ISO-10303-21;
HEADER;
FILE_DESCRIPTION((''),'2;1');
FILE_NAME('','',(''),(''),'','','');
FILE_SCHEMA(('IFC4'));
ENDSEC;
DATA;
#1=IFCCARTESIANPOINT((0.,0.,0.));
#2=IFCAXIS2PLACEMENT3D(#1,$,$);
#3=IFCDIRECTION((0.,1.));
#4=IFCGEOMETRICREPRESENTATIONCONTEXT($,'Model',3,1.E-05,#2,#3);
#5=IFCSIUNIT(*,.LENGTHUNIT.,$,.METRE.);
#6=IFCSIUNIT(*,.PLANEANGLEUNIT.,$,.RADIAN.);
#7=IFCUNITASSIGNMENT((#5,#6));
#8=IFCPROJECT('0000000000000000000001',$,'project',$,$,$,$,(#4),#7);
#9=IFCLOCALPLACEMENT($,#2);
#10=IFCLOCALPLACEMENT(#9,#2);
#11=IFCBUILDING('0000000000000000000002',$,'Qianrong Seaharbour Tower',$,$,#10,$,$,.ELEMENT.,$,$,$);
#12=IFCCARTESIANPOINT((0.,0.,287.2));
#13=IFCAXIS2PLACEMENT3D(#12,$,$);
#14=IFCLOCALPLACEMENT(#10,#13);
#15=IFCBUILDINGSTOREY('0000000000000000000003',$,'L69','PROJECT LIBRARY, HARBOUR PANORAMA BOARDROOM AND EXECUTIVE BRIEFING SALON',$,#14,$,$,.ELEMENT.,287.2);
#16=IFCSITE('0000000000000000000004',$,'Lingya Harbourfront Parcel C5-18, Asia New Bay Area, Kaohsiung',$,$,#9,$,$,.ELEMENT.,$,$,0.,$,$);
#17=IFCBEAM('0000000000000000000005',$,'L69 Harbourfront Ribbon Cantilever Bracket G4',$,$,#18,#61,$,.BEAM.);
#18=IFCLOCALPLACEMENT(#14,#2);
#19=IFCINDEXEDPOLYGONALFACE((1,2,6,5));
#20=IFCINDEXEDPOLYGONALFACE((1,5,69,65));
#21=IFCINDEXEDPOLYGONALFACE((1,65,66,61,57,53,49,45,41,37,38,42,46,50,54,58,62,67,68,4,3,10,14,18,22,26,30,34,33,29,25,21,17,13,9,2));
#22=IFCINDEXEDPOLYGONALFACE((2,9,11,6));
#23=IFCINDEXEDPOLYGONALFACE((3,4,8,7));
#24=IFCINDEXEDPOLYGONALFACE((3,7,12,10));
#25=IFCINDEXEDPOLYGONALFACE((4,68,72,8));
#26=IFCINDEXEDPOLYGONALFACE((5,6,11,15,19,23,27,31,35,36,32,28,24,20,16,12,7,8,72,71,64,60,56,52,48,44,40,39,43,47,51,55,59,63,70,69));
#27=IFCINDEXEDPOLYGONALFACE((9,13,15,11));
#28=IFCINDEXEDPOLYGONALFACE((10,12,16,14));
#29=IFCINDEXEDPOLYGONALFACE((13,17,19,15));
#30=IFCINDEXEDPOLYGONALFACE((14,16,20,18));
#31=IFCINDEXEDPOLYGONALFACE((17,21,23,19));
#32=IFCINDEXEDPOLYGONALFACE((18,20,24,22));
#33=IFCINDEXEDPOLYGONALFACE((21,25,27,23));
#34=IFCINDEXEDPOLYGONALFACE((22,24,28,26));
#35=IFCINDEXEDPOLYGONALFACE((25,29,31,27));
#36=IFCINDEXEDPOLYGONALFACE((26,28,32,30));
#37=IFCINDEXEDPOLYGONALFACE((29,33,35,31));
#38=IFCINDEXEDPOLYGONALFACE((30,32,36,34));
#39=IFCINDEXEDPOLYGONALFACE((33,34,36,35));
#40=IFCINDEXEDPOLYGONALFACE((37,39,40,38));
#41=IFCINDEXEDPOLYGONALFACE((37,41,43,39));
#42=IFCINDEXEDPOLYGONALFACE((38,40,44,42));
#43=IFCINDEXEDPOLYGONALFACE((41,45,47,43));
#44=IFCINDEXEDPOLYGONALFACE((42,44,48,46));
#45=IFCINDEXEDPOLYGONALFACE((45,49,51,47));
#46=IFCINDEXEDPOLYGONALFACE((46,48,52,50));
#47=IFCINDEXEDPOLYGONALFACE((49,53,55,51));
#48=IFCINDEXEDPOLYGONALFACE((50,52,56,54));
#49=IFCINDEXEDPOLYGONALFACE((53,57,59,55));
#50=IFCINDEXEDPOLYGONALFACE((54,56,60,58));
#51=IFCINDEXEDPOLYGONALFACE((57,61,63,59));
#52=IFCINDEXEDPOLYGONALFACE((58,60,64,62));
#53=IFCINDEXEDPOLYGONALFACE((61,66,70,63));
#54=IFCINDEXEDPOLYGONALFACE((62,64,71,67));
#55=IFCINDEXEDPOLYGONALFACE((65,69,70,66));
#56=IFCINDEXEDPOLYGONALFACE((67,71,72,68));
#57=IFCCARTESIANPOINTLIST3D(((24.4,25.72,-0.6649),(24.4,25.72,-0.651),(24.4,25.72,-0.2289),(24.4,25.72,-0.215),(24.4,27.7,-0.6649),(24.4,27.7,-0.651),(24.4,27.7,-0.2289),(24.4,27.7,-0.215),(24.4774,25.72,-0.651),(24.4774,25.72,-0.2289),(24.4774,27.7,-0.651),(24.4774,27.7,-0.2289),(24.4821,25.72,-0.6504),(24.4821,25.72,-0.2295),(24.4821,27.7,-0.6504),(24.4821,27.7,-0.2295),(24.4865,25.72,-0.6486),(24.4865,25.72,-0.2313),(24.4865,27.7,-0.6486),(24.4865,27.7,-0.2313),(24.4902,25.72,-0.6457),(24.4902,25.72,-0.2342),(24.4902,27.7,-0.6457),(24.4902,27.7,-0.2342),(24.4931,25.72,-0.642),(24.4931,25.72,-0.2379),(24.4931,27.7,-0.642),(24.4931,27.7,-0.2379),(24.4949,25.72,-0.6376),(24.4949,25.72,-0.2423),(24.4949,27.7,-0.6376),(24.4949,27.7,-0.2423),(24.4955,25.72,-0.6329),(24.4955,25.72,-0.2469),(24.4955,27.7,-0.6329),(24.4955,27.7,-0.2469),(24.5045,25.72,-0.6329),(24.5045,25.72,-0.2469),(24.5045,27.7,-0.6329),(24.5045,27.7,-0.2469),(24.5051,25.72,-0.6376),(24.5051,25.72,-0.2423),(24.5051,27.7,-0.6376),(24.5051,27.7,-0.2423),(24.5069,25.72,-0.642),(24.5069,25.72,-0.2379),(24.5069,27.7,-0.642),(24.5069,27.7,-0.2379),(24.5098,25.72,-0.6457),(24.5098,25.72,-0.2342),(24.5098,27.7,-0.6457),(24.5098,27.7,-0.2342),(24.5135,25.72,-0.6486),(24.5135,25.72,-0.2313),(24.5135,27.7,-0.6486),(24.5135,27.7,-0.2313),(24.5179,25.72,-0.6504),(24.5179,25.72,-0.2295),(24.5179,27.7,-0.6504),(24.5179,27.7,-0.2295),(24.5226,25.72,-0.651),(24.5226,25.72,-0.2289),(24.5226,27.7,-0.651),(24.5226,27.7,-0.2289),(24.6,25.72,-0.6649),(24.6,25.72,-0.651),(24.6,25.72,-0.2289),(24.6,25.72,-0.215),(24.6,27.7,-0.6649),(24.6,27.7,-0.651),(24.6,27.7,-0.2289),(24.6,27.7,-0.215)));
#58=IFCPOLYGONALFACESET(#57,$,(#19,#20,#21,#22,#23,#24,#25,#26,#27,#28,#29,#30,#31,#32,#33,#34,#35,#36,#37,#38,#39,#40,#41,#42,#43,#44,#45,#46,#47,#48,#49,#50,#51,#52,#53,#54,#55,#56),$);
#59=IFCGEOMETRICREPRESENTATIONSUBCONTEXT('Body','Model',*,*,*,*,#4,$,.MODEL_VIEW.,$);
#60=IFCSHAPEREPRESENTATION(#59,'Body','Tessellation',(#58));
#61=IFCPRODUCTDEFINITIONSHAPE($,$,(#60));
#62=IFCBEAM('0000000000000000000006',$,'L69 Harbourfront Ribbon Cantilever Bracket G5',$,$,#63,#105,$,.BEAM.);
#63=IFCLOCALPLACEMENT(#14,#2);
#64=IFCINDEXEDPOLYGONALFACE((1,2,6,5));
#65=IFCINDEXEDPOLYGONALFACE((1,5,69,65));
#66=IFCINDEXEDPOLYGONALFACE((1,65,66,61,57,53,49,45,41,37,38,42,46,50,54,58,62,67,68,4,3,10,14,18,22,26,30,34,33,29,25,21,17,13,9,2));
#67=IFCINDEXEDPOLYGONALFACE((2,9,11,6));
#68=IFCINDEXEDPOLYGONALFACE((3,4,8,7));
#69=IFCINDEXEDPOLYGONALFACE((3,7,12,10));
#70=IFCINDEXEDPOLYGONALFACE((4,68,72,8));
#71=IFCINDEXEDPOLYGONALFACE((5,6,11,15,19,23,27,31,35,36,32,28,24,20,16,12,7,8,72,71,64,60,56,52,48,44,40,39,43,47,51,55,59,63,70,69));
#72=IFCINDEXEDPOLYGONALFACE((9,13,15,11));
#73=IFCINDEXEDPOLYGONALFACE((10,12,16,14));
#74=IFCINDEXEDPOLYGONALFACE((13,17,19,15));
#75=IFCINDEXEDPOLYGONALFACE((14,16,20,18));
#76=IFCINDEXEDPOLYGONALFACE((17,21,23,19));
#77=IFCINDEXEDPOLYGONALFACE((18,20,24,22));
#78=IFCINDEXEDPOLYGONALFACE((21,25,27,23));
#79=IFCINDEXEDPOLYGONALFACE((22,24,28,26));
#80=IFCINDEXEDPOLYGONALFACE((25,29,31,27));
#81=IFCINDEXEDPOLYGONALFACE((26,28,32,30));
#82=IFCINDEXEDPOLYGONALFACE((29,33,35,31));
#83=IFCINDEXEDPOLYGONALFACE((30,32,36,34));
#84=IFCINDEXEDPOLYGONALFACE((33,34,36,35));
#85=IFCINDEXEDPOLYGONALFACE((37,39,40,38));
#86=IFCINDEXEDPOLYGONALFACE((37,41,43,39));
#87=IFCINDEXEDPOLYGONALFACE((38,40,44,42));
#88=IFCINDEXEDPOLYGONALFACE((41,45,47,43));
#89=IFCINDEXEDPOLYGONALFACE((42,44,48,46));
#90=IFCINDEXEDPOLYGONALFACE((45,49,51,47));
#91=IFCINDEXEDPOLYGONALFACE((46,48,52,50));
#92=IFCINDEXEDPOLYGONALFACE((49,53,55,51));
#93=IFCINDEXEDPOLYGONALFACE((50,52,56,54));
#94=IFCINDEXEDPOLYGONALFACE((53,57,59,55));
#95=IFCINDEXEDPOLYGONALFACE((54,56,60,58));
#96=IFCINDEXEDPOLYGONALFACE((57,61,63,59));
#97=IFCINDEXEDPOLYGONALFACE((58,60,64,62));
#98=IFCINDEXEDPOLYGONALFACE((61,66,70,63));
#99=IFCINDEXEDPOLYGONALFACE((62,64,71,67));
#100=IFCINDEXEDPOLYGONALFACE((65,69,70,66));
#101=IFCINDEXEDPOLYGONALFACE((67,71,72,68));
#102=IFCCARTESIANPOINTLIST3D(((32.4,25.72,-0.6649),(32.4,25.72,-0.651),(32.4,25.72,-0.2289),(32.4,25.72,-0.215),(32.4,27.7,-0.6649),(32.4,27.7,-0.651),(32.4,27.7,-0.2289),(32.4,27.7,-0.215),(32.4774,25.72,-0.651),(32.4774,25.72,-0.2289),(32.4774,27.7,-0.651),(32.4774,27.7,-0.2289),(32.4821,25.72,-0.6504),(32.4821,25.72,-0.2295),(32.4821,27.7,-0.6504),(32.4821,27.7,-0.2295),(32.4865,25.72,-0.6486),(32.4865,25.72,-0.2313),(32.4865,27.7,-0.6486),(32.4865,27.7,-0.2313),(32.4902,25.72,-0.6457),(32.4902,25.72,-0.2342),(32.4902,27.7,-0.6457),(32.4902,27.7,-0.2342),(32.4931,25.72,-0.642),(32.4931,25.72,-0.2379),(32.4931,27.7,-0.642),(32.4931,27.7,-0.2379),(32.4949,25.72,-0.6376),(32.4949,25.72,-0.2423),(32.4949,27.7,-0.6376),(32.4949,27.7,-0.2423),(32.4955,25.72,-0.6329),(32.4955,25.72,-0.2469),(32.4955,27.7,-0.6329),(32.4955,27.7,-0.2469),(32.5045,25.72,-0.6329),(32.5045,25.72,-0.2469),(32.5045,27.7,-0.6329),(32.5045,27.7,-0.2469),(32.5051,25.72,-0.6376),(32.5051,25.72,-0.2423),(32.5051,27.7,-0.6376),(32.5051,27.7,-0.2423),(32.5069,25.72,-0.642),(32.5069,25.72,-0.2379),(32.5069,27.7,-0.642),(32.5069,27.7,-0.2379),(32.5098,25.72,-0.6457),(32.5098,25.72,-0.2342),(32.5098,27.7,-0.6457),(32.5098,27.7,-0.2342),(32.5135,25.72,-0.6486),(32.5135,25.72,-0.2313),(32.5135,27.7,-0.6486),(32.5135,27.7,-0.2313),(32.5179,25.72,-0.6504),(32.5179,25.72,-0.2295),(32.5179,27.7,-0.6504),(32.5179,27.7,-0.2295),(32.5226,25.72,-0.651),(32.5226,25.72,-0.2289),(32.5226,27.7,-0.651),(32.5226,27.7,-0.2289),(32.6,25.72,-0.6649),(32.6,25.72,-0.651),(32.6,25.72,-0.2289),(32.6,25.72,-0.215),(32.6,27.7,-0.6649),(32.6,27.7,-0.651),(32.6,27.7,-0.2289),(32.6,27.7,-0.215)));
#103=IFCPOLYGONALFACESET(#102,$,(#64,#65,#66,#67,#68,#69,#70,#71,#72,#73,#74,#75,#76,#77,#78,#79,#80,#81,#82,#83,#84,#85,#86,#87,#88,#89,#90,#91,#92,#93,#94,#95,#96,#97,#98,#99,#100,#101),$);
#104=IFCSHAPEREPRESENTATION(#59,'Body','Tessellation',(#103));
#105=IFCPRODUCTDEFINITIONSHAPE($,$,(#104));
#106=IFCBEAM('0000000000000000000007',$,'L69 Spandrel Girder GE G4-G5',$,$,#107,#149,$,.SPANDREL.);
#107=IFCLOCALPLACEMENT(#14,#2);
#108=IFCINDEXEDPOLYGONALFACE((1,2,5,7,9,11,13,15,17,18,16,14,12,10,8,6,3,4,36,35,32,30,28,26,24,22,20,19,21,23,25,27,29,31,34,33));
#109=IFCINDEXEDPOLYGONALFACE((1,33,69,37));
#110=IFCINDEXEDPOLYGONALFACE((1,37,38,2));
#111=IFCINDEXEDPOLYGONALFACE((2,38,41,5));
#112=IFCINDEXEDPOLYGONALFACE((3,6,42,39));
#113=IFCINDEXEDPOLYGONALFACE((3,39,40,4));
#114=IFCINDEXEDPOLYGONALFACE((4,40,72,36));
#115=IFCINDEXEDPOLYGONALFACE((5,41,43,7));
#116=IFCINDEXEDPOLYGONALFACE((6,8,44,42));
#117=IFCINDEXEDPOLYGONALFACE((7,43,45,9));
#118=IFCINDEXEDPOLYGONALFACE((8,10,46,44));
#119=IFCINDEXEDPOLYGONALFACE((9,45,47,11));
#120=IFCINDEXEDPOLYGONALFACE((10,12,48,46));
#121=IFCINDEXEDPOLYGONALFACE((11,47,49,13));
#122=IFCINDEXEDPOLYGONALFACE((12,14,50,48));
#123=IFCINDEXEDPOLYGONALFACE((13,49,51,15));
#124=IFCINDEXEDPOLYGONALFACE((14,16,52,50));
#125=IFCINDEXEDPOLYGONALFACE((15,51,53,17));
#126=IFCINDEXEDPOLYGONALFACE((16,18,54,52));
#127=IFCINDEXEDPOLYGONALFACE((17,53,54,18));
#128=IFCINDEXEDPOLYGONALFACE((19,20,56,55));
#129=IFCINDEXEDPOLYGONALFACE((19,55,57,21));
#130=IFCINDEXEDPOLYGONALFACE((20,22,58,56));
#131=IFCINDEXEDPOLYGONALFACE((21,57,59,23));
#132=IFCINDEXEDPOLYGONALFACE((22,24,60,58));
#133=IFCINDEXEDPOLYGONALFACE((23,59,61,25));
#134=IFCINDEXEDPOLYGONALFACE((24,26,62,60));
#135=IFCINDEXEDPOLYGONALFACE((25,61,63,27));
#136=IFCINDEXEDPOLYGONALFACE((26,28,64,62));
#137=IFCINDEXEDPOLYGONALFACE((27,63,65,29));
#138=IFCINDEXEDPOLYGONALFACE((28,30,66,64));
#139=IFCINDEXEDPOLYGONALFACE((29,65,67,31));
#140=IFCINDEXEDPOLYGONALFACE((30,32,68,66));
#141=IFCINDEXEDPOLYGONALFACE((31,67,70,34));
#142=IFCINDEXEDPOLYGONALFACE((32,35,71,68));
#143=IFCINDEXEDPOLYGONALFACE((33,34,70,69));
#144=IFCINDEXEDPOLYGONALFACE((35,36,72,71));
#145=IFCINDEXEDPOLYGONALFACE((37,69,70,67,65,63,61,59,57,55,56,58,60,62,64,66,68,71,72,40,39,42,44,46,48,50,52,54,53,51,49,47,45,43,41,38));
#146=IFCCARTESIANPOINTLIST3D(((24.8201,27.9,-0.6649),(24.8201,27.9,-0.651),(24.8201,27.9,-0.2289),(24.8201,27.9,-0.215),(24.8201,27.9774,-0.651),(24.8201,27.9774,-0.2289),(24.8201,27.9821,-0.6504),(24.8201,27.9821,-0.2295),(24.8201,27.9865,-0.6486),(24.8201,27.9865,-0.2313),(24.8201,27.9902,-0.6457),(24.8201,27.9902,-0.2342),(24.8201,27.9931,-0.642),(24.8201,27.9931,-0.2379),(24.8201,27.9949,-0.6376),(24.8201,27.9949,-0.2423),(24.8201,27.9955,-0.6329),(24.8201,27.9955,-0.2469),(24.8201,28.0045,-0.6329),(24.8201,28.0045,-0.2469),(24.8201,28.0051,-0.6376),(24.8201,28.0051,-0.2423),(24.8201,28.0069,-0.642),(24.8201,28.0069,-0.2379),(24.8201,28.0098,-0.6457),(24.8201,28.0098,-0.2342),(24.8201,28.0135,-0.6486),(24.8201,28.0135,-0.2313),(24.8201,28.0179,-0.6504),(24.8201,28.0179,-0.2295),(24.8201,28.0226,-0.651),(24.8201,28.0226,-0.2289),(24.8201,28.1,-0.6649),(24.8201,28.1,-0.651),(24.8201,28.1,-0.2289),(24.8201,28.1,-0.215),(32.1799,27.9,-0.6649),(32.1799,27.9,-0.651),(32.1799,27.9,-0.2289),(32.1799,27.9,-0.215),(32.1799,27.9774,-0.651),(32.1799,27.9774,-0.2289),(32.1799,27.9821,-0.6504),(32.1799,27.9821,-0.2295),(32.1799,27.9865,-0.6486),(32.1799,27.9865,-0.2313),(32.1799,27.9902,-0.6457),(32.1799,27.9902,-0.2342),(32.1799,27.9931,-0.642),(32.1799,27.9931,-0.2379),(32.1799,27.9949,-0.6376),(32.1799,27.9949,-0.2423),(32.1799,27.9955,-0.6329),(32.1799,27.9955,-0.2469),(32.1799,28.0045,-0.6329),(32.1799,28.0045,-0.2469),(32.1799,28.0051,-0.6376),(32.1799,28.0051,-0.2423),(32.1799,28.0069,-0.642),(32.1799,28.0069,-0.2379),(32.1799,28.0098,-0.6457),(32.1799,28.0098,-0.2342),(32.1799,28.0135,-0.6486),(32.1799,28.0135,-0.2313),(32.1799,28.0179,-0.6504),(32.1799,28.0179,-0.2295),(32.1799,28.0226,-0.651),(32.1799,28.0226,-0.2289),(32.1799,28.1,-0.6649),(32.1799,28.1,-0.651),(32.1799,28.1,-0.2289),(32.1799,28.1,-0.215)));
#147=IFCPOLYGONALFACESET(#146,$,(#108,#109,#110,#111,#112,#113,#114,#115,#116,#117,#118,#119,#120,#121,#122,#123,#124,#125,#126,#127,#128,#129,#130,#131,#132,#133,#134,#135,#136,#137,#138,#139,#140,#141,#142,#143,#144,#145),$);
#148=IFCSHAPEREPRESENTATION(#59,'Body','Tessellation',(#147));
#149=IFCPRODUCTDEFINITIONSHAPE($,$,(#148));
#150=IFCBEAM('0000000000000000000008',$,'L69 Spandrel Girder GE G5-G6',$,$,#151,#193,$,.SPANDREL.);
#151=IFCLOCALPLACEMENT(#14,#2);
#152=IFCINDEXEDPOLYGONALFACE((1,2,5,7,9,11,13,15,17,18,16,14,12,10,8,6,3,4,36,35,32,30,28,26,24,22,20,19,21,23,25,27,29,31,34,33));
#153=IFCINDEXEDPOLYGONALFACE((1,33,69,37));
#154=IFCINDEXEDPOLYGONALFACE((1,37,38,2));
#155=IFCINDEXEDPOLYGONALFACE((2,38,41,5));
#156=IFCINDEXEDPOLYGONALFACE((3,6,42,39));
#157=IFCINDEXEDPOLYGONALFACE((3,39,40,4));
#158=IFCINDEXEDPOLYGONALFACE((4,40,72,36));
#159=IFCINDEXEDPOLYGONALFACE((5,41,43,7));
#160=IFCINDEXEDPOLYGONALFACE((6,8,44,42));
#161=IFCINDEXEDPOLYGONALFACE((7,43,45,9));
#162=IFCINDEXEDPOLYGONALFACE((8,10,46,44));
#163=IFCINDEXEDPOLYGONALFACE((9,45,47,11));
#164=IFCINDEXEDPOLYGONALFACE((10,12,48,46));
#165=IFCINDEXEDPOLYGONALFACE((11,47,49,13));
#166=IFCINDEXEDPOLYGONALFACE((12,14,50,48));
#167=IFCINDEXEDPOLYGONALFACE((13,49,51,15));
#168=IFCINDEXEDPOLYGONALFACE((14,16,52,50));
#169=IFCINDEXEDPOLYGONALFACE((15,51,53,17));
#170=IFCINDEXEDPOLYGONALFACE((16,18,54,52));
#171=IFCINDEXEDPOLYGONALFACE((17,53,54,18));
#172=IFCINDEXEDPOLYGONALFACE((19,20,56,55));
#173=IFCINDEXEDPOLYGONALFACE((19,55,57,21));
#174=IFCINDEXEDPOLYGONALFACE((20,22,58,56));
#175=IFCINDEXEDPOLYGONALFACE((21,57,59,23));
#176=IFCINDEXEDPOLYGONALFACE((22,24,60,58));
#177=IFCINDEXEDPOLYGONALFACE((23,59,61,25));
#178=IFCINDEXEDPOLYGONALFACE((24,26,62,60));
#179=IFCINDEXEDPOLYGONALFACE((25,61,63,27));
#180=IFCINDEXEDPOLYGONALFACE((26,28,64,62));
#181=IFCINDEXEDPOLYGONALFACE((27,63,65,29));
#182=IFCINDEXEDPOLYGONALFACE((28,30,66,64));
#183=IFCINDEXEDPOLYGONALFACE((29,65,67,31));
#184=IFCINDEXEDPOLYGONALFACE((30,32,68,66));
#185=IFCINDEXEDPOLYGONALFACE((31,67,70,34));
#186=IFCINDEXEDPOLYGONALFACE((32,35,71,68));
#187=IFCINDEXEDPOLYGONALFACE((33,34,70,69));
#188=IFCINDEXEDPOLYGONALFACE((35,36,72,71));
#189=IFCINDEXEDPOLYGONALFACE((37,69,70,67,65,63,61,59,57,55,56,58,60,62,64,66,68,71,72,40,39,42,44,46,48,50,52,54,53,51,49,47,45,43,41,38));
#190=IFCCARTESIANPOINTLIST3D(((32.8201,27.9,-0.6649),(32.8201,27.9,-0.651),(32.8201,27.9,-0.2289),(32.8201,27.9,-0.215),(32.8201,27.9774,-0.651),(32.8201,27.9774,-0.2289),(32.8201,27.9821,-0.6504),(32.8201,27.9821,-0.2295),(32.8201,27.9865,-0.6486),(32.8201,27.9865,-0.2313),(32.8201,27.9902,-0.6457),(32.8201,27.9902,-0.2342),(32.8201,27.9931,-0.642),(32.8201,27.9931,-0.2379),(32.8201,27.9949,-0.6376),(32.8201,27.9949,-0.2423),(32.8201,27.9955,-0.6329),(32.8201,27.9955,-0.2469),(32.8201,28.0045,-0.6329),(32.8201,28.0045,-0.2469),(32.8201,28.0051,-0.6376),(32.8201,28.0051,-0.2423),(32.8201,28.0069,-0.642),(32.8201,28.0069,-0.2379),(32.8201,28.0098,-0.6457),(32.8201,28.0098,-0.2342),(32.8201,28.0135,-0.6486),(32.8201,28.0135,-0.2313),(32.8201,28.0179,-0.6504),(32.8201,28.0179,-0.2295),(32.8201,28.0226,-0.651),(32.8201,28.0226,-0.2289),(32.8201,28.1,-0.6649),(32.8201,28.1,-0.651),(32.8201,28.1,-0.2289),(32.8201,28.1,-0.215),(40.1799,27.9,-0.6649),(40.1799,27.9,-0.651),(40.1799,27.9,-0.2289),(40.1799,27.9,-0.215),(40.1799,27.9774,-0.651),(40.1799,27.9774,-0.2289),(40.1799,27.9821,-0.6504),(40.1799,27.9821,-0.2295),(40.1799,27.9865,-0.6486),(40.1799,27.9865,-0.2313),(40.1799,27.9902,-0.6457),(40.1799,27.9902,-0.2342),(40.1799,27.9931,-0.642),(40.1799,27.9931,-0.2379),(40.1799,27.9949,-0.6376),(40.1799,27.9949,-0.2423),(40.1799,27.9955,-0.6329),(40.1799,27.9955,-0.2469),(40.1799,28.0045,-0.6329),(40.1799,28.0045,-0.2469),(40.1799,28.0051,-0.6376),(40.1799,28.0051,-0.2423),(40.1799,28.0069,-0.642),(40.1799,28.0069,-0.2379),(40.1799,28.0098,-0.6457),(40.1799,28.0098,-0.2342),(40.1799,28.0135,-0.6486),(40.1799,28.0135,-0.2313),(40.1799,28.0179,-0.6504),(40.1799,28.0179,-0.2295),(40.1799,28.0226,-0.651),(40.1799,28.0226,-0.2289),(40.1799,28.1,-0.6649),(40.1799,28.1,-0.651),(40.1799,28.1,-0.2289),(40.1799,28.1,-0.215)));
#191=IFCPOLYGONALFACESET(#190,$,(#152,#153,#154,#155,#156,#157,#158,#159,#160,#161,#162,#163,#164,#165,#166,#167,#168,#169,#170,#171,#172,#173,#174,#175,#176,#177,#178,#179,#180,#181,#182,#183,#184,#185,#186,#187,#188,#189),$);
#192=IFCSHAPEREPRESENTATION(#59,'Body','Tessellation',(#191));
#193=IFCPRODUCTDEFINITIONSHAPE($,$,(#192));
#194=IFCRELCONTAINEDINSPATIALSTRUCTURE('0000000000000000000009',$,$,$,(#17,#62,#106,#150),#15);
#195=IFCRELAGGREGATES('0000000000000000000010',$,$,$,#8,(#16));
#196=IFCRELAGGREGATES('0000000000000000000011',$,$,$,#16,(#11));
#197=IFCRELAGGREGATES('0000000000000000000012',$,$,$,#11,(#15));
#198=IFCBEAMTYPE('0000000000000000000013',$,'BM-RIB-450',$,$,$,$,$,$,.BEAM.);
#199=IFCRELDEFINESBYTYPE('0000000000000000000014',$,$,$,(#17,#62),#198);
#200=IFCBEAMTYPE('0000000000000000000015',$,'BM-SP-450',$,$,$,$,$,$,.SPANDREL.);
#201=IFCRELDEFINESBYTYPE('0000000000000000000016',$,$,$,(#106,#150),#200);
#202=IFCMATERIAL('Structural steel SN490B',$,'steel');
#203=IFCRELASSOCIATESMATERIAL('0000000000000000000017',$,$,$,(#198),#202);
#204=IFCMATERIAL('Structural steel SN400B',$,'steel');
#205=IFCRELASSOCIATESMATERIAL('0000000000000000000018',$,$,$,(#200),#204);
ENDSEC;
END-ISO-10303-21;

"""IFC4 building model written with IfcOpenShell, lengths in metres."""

from ifc_helpers import new_model, si_unit, direction, frame, origin, origin_2d, place, context, subcontext, project, spatial, i_section, extrude, material, material_profile, profile_set, type_object, element, save


model = new_model("IFC4")

# Units and contexts
model_context = context("Model", 3, precision=1e-05, world=origin(), true_north=direction((0.0, 1.0)))
body_context = subcontext(model_context, "Body", "Model", "MODEL_VIEW")
ifc_project = project(units=[si_unit("LENGTHUNIT", "METRE"), si_unit("PLANEANGLEUNIT", "RADIAN")], contexts=[model_context])

# Site, building, storey
site_placement = place(None, origin())
site = spatial("IfcSite", under=ifc_project, at=site_placement, Name="Lingya Harbourfront Parcel C5-18, Asia New Bay Area, Kaohsiung", CompositionType="ELEMENT", RefElevation=0.0)
building_placement = place(site_placement, origin())
building = spatial("IfcBuilding", under=site, at=building_placement, Name="Qianrong Seaharbour Tower", CompositionType="ELEMENT")
storey_placement = place(building_placement, frame((0.0, 0.0, 287.2)))
storey = spatial("IfcBuildingStorey", under=building, at=storey_placement, Name="L69", Description="PROJECT LIBRARY, HARBOUR PANORAMA BOARDROOM AND EXECUTIVE BRIEFING SALON", CompositionType="ELEMENT", Elevation=287.2)

# Shared definitions
ifc_material_1 = material(Name="Structural steel SN490B", Category="steel")
ifc_material_2 = material(Name="Structural steel SN400B", Category="steel")

# Beams
ifc_material_profile_1 = material_profile(ifc_material_1, i_section(OverallWidth=0.2, OverallDepth=0.45, WebThickness=0.009, FlangeThickness=0.0139, FilletRadius=0.0181, at=origin_2d()), Name="H450x200x9x14")
ifc_profile_set_1 = profile_set([ifc_material_profile_1], Name="Structural steel SN490B")
beam_type_1 = type_object("IfcBeamType", Name="BM-RIB-450", PredefinedType="BEAM", material=ifc_profile_set_1)
for number, where, z_axis, x_axis, name in (
    (1, (24.5, 27.7, -0.4399), (0.0, -1.0, 0.0), (1.0, 0.0, 0.0), "L69 Harbourfront Ribbon Cantilever Bracket G4"),
    (2, (32.5, 27.7, -0.4399), (0.0, -1.0, 0.0), (1.0, 0.0, 0.0), "L69 Harbourfront Ribbon Cantilever Bracket G5"),
):
    element("IfcBeam", number, at=place(storey_placement, frame(where, z_axis=z_axis, x_axis=x_axis)), inside=storey, type_object=beam_type_1, Name=name, PredefinedType="BEAM", context=body_context, shape_type="SweptSolid", body=[
        extrude(i_section(OverallWidth=0.2, OverallDepth=0.45, WebThickness=0.009, FlangeThickness=0.0139, FilletRadius=0.0181, at=origin_2d()), origin(), (0.0, 0.0, 1.0), 1.98),
    ])
ifc_material_profile_2 = material_profile(ifc_material_2, i_section(OverallWidth=0.2, OverallDepth=0.45, WebThickness=0.009, FlangeThickness=0.0139, FilletRadius=0.0181, at=origin_2d()), Name="H450x200x9x14")
ifc_profile_set_2 = profile_set([ifc_material_profile_2], Name="Structural steel SN400B")
beam_type_2 = type_object("IfcBeamType", Name="BM-SP-450", PredefinedType="SPANDREL", material=ifc_profile_set_2)
for number, where, z_axis, x_axis, name in (
    (3, (24.8201, 28.0, -0.4399), (1.0, 0.0, 0.0), (0.0, 1.0, 0.0), "L69 Spandrel Girder GE G4-G5"),
    (4, (32.8201, 28.0, -0.4399), (1.0, 0.0, 0.0), (0.0, 1.0, 0.0), "L69 Spandrel Girder GE G5-G6"),
):
    element("IfcBeam", number, at=place(storey_placement, frame(where, z_axis=z_axis, x_axis=x_axis)), inside=storey, type_object=beam_type_2, Name=name, PredefinedType="SPANDREL", context=body_context, shape_type="SweptSolid", body=[
        extrude(i_section(OverallWidth=0.2, OverallDepth=0.45, WebThickness=0.009, FlangeThickness=0.0139, FilletRadius=0.0181, at=origin_2d()), origin(), (0.0, 0.0, 1.0), 7.3599),
    ])

save(model, "model.ifc")
